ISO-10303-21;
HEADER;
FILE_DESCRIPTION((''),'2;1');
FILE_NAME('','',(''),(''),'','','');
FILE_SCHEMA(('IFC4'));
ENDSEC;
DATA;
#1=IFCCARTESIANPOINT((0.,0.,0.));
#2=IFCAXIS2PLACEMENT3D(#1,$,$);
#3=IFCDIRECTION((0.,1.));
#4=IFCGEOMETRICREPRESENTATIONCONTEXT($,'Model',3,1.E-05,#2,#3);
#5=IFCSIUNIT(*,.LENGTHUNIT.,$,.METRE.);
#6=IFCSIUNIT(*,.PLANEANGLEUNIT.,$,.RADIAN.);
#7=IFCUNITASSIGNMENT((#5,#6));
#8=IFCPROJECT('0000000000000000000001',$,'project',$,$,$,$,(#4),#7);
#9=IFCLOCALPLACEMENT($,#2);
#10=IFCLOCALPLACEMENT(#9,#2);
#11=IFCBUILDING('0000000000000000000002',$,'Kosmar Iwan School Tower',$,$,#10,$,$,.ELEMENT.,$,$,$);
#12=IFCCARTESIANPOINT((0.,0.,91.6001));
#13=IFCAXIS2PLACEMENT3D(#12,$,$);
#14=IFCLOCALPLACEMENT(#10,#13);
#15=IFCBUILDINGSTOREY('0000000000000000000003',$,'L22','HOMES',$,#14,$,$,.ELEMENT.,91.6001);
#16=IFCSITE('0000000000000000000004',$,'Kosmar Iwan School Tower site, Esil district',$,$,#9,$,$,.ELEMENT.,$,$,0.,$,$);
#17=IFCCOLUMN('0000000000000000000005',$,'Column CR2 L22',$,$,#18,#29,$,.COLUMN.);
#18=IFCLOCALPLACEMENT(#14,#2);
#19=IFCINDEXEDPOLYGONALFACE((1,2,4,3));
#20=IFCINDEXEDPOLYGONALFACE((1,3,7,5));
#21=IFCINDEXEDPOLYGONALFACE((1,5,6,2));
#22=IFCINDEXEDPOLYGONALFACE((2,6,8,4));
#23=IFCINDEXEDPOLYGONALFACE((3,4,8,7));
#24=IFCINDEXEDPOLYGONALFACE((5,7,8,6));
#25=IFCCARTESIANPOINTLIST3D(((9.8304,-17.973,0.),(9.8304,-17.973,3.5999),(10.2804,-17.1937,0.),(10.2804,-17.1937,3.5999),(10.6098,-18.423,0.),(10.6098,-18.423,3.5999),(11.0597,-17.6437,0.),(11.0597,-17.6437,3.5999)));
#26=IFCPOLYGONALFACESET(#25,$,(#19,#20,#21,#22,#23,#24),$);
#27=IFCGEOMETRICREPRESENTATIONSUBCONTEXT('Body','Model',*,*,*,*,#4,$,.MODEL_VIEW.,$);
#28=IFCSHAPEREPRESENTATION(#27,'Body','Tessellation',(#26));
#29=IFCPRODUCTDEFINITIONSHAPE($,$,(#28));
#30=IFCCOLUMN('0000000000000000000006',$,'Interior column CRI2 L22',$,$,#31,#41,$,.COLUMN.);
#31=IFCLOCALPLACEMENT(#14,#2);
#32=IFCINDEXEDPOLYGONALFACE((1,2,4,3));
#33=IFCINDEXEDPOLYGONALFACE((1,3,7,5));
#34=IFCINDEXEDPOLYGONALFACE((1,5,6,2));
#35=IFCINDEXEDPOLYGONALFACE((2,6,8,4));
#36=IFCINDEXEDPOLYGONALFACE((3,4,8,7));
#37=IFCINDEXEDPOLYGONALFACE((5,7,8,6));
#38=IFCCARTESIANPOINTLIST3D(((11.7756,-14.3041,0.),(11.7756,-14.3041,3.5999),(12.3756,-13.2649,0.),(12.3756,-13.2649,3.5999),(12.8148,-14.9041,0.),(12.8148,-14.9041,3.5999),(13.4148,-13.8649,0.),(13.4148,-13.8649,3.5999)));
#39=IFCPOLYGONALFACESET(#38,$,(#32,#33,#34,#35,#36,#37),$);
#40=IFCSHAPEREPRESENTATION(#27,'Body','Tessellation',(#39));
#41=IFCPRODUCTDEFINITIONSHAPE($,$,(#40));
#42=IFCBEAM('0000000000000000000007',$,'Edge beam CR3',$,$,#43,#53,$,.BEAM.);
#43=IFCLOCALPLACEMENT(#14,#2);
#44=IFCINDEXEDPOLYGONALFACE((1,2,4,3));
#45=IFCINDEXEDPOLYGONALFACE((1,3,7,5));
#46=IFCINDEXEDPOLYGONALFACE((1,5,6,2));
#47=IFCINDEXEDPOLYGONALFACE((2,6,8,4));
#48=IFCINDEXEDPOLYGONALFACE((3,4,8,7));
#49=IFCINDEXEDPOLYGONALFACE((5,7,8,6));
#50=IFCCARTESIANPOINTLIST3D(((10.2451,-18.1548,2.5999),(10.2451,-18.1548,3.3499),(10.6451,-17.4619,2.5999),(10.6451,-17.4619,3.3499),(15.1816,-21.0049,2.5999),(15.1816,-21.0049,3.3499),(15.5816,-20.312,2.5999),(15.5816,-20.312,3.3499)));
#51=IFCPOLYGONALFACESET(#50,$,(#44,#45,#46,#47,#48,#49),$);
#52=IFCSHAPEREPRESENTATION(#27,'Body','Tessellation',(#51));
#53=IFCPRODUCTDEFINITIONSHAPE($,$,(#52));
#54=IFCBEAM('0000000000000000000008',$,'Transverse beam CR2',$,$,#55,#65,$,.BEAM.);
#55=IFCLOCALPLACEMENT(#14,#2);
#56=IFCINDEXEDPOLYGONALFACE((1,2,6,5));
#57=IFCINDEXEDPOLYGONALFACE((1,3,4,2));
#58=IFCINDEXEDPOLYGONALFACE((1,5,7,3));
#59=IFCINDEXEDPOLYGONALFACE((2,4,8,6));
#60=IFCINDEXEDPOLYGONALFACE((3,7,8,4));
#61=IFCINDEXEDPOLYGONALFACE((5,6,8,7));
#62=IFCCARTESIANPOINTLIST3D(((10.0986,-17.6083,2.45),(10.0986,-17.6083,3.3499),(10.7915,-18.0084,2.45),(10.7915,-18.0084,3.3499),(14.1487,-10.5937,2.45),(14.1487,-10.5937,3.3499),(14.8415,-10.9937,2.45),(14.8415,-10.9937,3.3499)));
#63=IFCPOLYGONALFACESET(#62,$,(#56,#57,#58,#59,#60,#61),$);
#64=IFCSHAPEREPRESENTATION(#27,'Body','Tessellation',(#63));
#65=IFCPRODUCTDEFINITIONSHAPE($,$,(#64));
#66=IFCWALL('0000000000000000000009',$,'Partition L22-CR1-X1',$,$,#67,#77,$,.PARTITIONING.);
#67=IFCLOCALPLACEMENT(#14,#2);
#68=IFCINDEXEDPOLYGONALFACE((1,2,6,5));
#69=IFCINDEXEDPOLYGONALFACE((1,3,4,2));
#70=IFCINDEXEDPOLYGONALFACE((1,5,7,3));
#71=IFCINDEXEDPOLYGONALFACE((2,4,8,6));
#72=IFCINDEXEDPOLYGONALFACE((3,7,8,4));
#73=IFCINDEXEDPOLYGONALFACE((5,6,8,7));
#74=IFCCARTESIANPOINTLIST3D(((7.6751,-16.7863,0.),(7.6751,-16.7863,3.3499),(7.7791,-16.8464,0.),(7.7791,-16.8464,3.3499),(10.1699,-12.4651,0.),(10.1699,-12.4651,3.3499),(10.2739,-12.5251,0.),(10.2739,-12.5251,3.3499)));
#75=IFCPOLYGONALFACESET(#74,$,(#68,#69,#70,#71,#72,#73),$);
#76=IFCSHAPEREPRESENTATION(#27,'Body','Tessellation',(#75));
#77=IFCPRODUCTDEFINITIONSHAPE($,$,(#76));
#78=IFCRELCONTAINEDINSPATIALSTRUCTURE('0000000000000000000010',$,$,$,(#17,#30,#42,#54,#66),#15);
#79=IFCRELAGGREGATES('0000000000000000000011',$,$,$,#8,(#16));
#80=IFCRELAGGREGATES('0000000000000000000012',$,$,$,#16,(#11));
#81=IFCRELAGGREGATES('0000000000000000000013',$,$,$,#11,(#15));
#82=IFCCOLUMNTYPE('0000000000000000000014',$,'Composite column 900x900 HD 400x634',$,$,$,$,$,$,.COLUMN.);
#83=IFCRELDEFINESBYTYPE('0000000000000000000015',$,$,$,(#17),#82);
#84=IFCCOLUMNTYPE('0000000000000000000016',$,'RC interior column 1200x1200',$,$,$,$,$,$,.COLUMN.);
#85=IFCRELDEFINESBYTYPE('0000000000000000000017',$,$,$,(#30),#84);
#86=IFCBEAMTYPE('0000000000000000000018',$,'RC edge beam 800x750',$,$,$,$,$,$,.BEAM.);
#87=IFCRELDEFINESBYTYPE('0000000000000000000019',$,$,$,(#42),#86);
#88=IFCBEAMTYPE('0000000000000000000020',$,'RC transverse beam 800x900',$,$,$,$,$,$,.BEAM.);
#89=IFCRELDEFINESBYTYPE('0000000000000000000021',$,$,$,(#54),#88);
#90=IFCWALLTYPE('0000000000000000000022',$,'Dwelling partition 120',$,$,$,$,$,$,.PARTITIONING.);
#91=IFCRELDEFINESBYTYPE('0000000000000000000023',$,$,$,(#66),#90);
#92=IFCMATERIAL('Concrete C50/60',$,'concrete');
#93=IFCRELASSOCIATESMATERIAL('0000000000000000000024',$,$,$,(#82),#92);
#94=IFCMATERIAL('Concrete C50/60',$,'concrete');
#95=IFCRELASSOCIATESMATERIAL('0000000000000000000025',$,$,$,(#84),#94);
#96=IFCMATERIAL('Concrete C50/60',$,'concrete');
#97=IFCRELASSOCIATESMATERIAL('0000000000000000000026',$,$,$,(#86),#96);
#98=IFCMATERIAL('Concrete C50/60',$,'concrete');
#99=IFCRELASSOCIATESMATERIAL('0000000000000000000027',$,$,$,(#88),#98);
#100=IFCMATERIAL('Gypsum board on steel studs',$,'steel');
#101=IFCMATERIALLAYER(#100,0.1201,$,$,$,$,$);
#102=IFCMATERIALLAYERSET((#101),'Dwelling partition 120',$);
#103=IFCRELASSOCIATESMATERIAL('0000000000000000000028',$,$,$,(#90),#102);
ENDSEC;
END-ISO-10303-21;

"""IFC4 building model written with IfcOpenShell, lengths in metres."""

from ifc_helpers import new_model, si_unit, direction, frame, frame_2d, origin, origin_2d, place, context, subcontext, project, spatial, rectangle, extrude, material, layer, layer_set, material_profile, profile_set, type_object, element, save


model = new_model("IFC4")

# Units and contexts
model_context = context("Model", 3, precision=1e-05, world=origin(), true_north=direction((0.0, 1.0)))
body_context = subcontext(model_context, "Body", "Model", "MODEL_VIEW")
ifc_project = project(units=[si_unit("LENGTHUNIT", "METRE"), si_unit("PLANEANGLEUNIT", "RADIAN")], contexts=[model_context])

# Site, building, storey
site_placement = place(None, origin())
site = spatial("IfcSite", under=ifc_project, at=site_placement, Name="Kosmar Iwan School Tower site, Esil district", CompositionType="ELEMENT", RefElevation=0.0)
building_placement = place(site_placement, origin())
building = spatial("IfcBuilding", under=site, at=building_placement, Name="Kosmar Iwan School Tower", CompositionType="ELEMENT")
storey_placement = place(building_placement, frame((0.0, 0.0, 91.6001)))
storey = spatial("IfcBuildingStorey", under=building, at=storey_placement, Name="L22", Description="HOMES", CompositionType="ELEMENT", Elevation=91.6001)

# Columns
ifc_material_1 = material(Name="Concrete C50/60", Category="concrete")
ifc_material_profile_1 = material_profile(ifc_material_1, rectangle(XDim=0.8999, YDim=0.8999, at=origin_2d()), Name="RC 900x900 + HD 400x634")
ifc_profile_set_1 = profile_set([ifc_material_profile_1], Name="Concrete C50/60")
column_type_1 = type_object("IfcColumnType", Name="Composite column 900x900 HD 400x634", PredefinedType="COLUMN", material=ifc_profile_set_1)
column_1_placement = place(storey_placement, frame((10.4451, -17.8083, 0.0), z_axis=(0.0, 0.0, 1.0), x_axis=(0.866025, -0.5, 0.0)))
element("IfcColumn", 1, at=column_1_placement, inside=storey, type_object=column_type_1, Name="Column CR2 L22", PredefinedType="COLUMN", context=body_context, shape_type="SweptSolid", body=[
    extrude(rectangle(XDim=0.8999, YDim=0.8999, at=origin_2d()), origin(), (0.0, 0.0, 1.0), 3.5999),
])
ifc_material_2 = material(Name="Concrete C50/60", Category="concrete")
ifc_material_profile_2 = material_profile(ifc_material_2, rectangle(XDim=1.2, YDim=1.2, at=origin_2d()), Name="RC 1200x1200")
ifc_profile_set_2 = profile_set([ifc_material_profile_2], Name="Concrete C50/60")
column_type_2 = type_object("IfcColumnType", Name="RC interior column 1200x1200", PredefinedType="COLUMN", material=ifc_profile_set_2)
column_2_placement = place(storey_placement, frame((12.5952, -14.0845, 0.0), z_axis=(0.0, 0.0, 1.0), x_axis=(0.866025, -0.5, 0.0)))
element("IfcColumn", 2, at=column_2_placement, inside=storey, type_object=column_type_2, Name="Interior column CRI2 L22", PredefinedType="COLUMN", context=body_context, shape_type="SweptSolid", body=[
    extrude(rectangle(XDim=1.2, YDim=1.2, at=origin_2d()), origin(), (0.0, 0.0, 1.0), 3.5999),
])

# Beams
ifc_material_3 = material(Name="Concrete C50/60", Category="concrete")
ifc_material_profile_3 = material_profile(ifc_material_3, rectangle(XDim=0.8, YDim=0.75, at=origin_2d()), Name="RC 800x750")
ifc_profile_set_3 = profile_set([ifc_material_profile_3], Name="Concrete C50/60")
beam_type_1 = type_object("IfcBeamType", Name="RC edge beam 800x750", PredefinedType="BEAM", material=ifc_profile_set_3)
beam_1_placement = place(storey_placement, frame((10.4451, -17.8083, 2.9749), z_axis=(0.866026, -0.499999, 0.0), x_axis=(0.499999, 0.866026, 0.0)))
element("IfcBeam", 3, at=beam_1_placement, inside=storey, type_object=beam_type_1, Name="Edge beam CR3", PredefinedType="BEAM", context=body_context, shape_type="SweptSolid", body=[
    extrude(rectangle(XDim=0.8, YDim=0.75, at=origin_2d()), origin(), (0.0, 0.0, 1.0), 5.7002),
])
ifc_material_4 = material(Name="Concrete C50/60", Category="concrete")
ifc_material_profile_4 = material_profile(ifc_material_4, rectangle(XDim=0.8, YDim=0.8999, at=origin_2d()), Name="RC 800x900")
ifc_profile_set_4 = profile_set([ifc_material_profile_4], Name="Concrete C50/60")
beam_type_2 = type_object("IfcBeamType", Name="RC transverse beam 800x900", PredefinedType="BEAM", material=ifc_profile_set_4)
beam_2_placement = place(storey_placement, frame((10.4451, -17.8083, 2.8999), z_axis=(0.500013, 0.866018, 0.0), x_axis=(-0.866018, 0.500013, 0.0)))
element("IfcBeam", 4, at=beam_2_placement, inside=storey, type_object=beam_type_2, Name="Transverse beam CR2", PredefinedType="BEAM", context=body_context, shape_type="SweptSolid", body=[
    extrude(rectangle(XDim=0.8, YDim=0.8999, at=origin_2d()), origin(), (0.0, 0.0, 1.0), 8.0999),
])

# Wall
ifc_material_5 = material(Name="Gypsum board on steel studs", Category="steel")
ifc_layer = layer(ifc_material_5, 0.1201)
ifc_layer_set = layer_set([ifc_layer], Name="Dwelling partition 120")
wall_type = type_object("IfcWallType", Name="Dwelling partition 120", PredefinedType="PARTITIONING", material=ifc_layer_set)
wall_1_placement = place(storey_placement, frame((10.2219, -12.4951, 0.0), z_axis=(0.0, 0.0, 1.0), x_axis=(-0.499996, -0.866028, 0.0)))
element("IfcWall", 5, at=wall_1_placement, inside=storey, type_object=wall_type, Name="Partition L22-CR1-X1", PredefinedType="PARTITIONING", context=body_context, shape_type="SweptSolid", body=[
    extrude(rectangle(XDim=4.9897, YDim=0.1201, at=frame_2d((2.4949, 0.0))), origin(), (0.0, 0.0, 1.0), 3.3499),
])

save(model, "model.ifc")
